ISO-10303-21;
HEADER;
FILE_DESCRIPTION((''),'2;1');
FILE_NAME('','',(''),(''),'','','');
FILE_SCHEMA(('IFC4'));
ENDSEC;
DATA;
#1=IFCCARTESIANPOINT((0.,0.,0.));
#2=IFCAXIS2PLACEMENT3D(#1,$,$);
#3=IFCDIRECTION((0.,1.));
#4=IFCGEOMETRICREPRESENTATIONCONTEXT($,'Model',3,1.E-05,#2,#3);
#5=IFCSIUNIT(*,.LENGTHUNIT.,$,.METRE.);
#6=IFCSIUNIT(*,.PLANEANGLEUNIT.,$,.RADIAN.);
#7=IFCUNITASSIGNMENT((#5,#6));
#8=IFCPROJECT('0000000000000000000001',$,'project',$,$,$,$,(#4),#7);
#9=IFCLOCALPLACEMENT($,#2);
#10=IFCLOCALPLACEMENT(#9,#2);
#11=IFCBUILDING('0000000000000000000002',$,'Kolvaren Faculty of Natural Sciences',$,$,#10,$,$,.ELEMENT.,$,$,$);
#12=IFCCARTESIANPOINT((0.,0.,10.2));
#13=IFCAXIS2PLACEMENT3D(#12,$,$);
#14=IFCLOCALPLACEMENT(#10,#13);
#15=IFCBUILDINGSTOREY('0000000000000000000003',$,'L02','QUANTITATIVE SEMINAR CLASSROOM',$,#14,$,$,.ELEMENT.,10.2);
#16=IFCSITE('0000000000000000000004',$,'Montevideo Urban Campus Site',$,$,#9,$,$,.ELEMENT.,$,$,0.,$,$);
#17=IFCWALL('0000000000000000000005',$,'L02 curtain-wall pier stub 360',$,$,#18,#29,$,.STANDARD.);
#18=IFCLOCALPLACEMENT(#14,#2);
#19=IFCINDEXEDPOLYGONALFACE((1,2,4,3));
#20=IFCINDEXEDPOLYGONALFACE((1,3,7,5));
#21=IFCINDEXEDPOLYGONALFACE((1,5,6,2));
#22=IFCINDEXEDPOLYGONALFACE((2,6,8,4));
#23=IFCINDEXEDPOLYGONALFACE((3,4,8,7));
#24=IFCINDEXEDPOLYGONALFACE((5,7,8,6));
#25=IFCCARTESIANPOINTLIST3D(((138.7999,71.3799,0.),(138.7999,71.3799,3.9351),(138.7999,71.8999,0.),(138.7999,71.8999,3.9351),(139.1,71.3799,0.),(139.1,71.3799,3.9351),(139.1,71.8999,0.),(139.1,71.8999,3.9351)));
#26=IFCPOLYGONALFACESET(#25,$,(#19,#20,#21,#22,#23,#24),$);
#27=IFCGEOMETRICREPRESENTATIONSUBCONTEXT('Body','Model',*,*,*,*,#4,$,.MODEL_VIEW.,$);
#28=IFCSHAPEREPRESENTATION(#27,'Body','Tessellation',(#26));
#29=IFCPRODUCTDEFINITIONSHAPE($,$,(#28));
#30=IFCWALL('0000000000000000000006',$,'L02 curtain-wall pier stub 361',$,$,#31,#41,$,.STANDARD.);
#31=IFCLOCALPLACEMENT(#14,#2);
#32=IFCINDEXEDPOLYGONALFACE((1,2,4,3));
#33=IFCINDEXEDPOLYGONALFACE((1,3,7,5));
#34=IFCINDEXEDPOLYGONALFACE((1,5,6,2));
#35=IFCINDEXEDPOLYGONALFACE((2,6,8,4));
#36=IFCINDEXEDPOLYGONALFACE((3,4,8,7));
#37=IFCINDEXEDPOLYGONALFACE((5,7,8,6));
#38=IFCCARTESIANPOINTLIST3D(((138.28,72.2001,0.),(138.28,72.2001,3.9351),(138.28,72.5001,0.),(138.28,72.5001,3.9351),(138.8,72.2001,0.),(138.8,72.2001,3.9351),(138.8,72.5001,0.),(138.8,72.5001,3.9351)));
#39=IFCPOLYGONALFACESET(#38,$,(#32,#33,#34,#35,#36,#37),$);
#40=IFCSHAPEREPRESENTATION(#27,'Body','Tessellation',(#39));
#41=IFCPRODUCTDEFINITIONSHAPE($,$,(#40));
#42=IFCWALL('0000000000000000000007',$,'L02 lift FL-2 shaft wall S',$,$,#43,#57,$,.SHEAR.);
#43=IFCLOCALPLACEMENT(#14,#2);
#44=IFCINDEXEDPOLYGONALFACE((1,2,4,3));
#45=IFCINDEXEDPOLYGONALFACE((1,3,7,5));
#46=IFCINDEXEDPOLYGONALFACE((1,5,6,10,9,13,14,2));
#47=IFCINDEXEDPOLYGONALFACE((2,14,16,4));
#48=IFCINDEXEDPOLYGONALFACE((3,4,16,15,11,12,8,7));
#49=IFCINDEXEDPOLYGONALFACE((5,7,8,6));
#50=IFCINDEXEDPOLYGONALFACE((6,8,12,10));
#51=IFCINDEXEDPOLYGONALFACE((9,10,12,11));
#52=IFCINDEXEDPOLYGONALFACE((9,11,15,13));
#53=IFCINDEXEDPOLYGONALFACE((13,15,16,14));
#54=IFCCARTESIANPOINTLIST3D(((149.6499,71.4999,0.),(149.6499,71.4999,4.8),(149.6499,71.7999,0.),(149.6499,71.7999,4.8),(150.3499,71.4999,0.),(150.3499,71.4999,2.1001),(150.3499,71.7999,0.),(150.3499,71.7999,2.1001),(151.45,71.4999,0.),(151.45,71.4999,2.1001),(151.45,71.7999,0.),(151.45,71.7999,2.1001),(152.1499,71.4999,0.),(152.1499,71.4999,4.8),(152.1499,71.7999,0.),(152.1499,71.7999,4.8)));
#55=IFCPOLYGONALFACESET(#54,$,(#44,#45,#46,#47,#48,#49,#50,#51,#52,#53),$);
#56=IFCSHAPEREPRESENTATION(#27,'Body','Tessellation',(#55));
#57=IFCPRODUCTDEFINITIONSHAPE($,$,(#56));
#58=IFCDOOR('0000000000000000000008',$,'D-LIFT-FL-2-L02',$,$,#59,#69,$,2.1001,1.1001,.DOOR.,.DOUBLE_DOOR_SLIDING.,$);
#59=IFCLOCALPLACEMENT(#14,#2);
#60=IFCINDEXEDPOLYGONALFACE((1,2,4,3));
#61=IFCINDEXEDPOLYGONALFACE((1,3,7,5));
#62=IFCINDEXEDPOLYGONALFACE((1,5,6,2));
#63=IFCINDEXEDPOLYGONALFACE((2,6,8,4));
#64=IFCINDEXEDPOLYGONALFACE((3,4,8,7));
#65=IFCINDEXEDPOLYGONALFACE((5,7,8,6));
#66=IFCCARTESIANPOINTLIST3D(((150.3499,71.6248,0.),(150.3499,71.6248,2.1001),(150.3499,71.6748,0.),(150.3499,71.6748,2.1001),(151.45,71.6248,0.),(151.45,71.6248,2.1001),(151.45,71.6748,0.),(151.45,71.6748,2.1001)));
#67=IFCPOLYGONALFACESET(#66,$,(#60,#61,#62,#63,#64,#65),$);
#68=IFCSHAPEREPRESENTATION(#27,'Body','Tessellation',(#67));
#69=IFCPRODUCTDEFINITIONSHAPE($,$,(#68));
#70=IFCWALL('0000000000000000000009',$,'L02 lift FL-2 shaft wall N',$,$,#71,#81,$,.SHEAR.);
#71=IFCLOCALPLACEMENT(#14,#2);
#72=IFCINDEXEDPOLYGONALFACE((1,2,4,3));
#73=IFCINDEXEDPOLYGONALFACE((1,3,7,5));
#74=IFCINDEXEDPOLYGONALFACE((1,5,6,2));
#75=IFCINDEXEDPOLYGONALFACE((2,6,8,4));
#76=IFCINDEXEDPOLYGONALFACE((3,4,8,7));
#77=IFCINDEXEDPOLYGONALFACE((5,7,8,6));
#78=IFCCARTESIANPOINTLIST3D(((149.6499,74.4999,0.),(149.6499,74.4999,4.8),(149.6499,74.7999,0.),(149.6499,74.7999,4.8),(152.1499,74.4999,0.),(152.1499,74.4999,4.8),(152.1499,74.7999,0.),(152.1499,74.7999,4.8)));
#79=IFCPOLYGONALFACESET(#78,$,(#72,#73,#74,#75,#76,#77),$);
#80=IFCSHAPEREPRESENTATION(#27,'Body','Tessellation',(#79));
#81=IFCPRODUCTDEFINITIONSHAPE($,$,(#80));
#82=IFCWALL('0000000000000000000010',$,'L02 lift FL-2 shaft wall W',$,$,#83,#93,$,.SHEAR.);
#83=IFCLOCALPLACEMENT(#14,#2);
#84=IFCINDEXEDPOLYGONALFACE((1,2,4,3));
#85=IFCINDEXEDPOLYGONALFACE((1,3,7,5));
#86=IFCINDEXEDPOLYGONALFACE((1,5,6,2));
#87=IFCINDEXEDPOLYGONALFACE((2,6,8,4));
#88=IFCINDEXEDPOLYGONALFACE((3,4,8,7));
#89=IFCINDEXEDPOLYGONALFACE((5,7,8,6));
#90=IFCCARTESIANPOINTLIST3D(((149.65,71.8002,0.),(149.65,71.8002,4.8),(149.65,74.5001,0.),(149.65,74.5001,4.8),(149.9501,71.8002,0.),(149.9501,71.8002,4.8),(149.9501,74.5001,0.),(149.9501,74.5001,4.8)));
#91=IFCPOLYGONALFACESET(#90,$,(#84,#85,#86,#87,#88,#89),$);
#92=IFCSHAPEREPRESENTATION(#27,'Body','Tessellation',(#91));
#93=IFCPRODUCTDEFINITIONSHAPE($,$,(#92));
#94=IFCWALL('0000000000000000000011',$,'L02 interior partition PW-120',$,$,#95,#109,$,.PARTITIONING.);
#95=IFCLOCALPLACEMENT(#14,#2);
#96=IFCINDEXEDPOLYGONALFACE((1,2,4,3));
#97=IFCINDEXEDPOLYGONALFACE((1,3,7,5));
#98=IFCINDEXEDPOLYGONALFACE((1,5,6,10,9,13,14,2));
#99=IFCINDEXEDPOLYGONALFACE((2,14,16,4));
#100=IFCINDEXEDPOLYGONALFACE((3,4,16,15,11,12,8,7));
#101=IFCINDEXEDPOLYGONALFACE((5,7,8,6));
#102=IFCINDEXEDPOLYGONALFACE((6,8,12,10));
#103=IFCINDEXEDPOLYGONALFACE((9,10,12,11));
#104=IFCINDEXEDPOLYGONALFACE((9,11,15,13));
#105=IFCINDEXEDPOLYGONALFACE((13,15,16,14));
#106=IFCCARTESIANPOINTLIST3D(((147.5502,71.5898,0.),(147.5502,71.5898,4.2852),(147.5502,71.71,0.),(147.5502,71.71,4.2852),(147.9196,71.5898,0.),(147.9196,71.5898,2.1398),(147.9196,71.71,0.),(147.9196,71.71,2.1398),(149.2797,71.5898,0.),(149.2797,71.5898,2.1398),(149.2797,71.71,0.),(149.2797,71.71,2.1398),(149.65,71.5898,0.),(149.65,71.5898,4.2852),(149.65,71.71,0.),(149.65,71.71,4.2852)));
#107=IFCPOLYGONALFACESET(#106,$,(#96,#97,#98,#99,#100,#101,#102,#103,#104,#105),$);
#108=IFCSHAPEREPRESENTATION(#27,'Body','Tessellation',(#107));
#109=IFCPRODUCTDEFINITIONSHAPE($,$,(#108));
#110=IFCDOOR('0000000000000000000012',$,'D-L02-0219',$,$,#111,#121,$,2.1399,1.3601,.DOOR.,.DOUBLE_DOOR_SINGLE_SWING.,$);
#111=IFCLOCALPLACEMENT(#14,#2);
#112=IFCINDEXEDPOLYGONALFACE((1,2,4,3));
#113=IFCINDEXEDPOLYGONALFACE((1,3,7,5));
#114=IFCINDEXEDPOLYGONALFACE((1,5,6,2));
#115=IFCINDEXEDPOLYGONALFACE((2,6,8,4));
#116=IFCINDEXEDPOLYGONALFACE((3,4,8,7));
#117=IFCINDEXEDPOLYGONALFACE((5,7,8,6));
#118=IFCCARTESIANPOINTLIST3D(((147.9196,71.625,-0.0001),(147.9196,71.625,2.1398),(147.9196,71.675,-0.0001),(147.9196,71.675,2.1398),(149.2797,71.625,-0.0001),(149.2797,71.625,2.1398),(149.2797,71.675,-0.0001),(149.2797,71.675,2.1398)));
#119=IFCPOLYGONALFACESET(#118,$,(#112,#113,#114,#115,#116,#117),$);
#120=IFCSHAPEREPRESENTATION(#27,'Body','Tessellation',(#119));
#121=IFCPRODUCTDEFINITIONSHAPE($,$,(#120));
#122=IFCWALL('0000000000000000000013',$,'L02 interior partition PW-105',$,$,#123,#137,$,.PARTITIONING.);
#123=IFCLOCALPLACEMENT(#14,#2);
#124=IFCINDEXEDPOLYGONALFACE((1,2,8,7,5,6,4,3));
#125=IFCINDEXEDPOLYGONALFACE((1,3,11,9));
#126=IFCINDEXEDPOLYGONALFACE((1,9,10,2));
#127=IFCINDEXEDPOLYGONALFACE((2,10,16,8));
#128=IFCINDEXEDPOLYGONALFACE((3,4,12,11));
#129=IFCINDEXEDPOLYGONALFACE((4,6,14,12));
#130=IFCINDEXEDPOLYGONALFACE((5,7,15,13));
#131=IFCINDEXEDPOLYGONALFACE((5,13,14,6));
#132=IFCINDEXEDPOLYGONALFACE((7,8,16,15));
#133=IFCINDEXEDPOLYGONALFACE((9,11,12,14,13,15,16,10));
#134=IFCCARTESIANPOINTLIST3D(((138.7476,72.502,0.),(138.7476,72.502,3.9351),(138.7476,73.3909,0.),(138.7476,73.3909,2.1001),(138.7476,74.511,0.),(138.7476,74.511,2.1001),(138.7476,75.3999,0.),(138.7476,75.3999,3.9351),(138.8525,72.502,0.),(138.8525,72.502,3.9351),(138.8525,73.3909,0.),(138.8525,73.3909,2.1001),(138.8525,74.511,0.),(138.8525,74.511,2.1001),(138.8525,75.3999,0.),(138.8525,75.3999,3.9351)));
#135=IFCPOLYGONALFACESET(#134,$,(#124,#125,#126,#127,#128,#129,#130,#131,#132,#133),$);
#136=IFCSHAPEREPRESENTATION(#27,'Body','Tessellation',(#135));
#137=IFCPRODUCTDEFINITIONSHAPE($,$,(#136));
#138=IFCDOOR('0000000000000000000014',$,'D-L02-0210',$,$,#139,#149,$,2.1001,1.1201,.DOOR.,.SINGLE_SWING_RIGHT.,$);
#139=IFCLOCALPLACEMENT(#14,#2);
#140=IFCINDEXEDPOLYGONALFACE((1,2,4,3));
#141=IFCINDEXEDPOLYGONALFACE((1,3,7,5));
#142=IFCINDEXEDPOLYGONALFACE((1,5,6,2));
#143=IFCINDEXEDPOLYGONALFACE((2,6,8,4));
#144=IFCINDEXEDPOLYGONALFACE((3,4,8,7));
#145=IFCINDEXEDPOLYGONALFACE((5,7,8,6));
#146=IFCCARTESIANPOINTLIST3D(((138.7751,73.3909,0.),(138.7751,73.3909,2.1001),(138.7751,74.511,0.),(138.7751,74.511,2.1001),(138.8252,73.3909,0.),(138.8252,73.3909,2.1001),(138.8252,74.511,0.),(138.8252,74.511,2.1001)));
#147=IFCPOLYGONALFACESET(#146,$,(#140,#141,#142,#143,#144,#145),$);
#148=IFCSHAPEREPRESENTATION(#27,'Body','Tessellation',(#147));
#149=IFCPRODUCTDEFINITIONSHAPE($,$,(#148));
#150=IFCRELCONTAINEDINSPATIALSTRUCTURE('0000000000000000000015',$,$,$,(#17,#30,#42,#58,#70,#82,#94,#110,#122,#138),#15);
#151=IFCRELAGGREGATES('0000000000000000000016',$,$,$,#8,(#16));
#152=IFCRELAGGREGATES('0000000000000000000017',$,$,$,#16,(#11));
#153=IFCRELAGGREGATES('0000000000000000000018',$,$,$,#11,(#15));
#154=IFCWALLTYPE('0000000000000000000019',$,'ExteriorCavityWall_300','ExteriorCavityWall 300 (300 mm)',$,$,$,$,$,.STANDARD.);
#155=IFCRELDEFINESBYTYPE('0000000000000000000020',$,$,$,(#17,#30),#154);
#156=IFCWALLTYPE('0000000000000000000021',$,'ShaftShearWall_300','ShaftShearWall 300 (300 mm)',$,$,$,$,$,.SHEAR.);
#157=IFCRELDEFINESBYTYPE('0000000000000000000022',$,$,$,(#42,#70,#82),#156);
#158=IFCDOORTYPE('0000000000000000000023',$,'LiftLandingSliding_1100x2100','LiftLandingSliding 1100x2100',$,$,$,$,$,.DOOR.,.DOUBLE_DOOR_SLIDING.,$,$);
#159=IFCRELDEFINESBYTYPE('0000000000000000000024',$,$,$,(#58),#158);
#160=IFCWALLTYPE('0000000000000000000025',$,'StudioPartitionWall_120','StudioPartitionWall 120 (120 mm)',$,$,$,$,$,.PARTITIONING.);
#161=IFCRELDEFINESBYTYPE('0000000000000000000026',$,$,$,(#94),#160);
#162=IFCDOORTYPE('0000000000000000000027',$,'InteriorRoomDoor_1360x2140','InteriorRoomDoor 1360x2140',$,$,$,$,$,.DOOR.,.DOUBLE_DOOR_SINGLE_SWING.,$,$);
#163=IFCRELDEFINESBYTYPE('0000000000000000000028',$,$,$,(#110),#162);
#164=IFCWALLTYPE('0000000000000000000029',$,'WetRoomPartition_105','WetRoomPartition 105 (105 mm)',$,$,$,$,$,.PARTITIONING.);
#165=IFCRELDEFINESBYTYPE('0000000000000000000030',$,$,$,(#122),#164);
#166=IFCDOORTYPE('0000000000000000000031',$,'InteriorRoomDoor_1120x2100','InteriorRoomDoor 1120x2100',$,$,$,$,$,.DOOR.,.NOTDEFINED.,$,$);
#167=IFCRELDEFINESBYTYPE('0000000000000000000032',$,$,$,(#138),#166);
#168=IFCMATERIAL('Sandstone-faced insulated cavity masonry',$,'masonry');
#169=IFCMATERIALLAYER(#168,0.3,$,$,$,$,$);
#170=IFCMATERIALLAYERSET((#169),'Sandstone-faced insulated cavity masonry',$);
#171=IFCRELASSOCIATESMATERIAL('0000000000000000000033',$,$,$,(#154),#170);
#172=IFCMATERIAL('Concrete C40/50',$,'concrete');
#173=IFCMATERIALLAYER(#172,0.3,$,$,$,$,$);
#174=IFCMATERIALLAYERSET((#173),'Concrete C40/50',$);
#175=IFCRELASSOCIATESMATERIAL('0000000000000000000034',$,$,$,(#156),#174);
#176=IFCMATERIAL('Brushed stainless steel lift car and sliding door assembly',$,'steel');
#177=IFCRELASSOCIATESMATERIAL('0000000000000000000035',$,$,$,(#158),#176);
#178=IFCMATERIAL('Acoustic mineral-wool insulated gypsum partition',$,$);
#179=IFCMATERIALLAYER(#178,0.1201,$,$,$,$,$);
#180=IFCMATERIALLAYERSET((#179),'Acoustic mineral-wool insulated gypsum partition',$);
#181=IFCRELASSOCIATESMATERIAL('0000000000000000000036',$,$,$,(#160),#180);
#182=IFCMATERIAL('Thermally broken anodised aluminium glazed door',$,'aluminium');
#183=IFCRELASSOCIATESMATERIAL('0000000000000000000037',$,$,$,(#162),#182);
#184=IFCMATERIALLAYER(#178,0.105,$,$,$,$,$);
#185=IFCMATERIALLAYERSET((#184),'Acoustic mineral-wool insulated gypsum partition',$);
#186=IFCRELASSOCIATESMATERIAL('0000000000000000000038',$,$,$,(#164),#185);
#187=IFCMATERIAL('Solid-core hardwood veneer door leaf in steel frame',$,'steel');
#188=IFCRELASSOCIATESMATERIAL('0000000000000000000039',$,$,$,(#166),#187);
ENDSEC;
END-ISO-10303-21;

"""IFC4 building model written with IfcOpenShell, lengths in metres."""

from ifc_helpers import new_model, si_unit, direction, frame, frame_2d, origin, place, context, subcontext, project, spatial, rectangle, extrude, material, layer, layer_set, type_object, element, fill, save


model = new_model("IFC4")

# Units and contexts
model_context = context("Model", 3, precision=1e-05, world=origin(), true_north=direction((0.0, 1.0)))
body_context = subcontext(model_context, "Body", "Model", "MODEL_VIEW")
ifc_project = project(units=[si_unit("LENGTHUNIT", "METRE"), si_unit("PLANEANGLEUNIT", "RADIAN")], contexts=[model_context])

# Site, building, storey
site_placement = place(None, origin())
site = spatial("IfcSite", under=ifc_project, at=site_placement, Name="Montevideo Urban Campus Site", CompositionType="ELEMENT", RefElevation=0.0)
building_placement = place(site_placement, origin())
building = spatial("IfcBuilding", under=site, at=building_placement, Name="Kolvaren Faculty of Natural Sciences", CompositionType="ELEMENT")
storey_placement = place(building_placement, frame((0.0, 0.0, 10.2)))
storey = spatial("IfcBuildingStorey", under=building, at=storey_placement, Name="L02", Description="QUANTITATIVE SEMINAR CLASSROOM", CompositionType="ELEMENT", Elevation=10.2)

# Shared definitions
ifc_material_1 = material(Name="Concrete C40/50", Category="concrete")

# Walls
ifc_material_2 = material(Name="Acoustic mineral-wool insulated gypsum partition")
ifc_material_3 = material(Name="Sandstone-faced insulated cavity masonry", Category="masonry")
ifc_layer_1 = layer(ifc_material_3, 0.3)
ifc_layer_set_1 = layer_set([ifc_layer_1], Name="Sandstone-faced insulated cavity masonry")
wall_type_1 = type_object("IfcWallType", Name="ExteriorCavityWall_300", Description="ExteriorCavityWall 300 (300 mm)", PredefinedType="STANDARD", material=ifc_layer_set_1)
for number, where, z_axis, x_axis, name in (
    (1, (138.95, 71.3799, 0.0), (0.0, 0.0, 1.0), (0.0, 1.0, 0.0), "L02 curtain-wall pier stub 360"),
    (2, (138.8, 72.3501, 0.0), (0.0, 0.0, 1.0), (-1.0, 0.0, 0.0), "L02 curtain-wall pier stub 361"),
):
    element("IfcWall", number, at=place(storey_placement, frame(where, z_axis=z_axis, x_axis=x_axis)), inside=storey, type_object=wall_type_1, Name=name, PredefinedType="STANDARD", context=body_context, shape_type="SweptSolid", body=[
        extrude(rectangle(XDim=0.52, YDim=0.3, at=frame_2d((0.26, 0.0))), origin(), (0.0, 0.0, 1.0), 3.9351),
    ])

# Wall, opening, door
ifc_layer_2 = layer(ifc_material_1, 0.3)
ifc_layer_set_2 = layer_set([ifc_layer_2], Name="Concrete C40/50")
wall_type_2 = type_object("IfcWallType", Name="ShaftShearWall_300", Description="ShaftShearWall 300 (300 mm)", PredefinedType="SHEAR", material=ifc_layer_set_2)
wall_1_placement = place(storey_placement, frame((149.6499, 71.6499, 0.0), z_axis=(0.0, 0.0, 1.0), x_axis=(1.0, 0.0, 0.0)))
wall_1 = element("IfcWall", 3, at=wall_1_placement, inside=storey, type_object=wall_type_2, Name="L02 lift FL-2 shaft wall S", PredefinedType="SHEAR", context=body_context, shape_type="SweptSolid", body=[
    extrude(rectangle(XDim=2.5, YDim=0.3, at=frame_2d((1.25, 0.0))), origin(), (0.0, 0.0, 1.0), 4.8),
])
opening_1_placement = place(wall_1_placement, frame((0.7, 0.0, 0.0)))
opening_1 = element("IfcOpeningElement", 4, at=opening_1_placement, cuts=wall_1, PredefinedType="OPENING", context=body_context, shape_type="SweptSolid", body=[
    extrude(rectangle(XDim=1.1001, YDim=2.1001, at=frame_2d((0.55, 1.05))), frame((0.0, 0.1599, 0.0), z_axis=(0.0, -1.0, 0.0), x_axis=(1.0, 0.0, 0.0)), (0.0, 0.0, 1.0), 0.3201),
])
ifc_material_4 = material(Name="Brushed stainless steel lift car and sliding door assembly", Category="steel")
door_type_1 = type_object("IfcDoorType", Name="LiftLandingSliding_1100x2100", Description="LiftLandingSliding 1100x2100", OperationType="DOUBLE_DOOR_SLIDING", PredefinedType="DOOR", material=ifc_material_4)
door_1_placement = place(opening_1_placement, origin())
door_1 = element("IfcDoor", 5, at=door_1_placement, inside=storey, type_object=door_type_1, Name="D-LIFT-FL-2-L02", OperationType="DOUBLE_DOOR_SLIDING", OverallHeight=2.1001, OverallWidth=1.1001, PredefinedType="DOOR", context=body_context, shape_type="SweptSolid", body=[
    extrude(rectangle(XDim=1.1001, YDim=2.1001, at=frame_2d((0.55, 1.05))), frame((0.0, 0.0249, 0.0), z_axis=(0.0, -1.0, 0.0), x_axis=(1.0, 0.0, 0.0)), (0.0, 0.0, 1.0), 0.05),
])
fill(opening_1, door_1)

# Walls
wall_2_placement = place(storey_placement, frame((149.6499, 74.6499, 0.0), z_axis=(0.0, 0.0, 1.0), x_axis=(1.0, 0.0, 0.0)))
element("IfcWall", 6, at=wall_2_placement, inside=storey, type_object=wall_type_2, Name="L02 lift FL-2 shaft wall N", PredefinedType="SHEAR", context=body_context, shape_type="SweptSolid", body=[
    extrude(rectangle(XDim=2.5, YDim=0.3, at=frame_2d((1.25, 0.0))), origin(), (0.0, 0.0, 1.0), 4.8),
])
wall_3_placement = place(storey_placement, frame((149.8, 71.8, 0.0), z_axis=(0.0, 0.0, 1.0), x_axis=(0.0, 1.0, 0.0)))
element("IfcWall", 7, at=wall_3_placement, inside=storey, type_object=wall_type_2, Name="L02 lift FL-2 shaft wall W", PredefinedType="SHEAR", context=body_context, shape_type="SweptSolid", body=[
    extrude(rectangle(XDim=2.7, YDim=0.3, at=frame_2d((1.3501, 0.0))), origin(), (0.0, 0.0, 1.0), 4.8),
])

# Walls, openings, doors
ifc_layer_3 = layer(ifc_material_2, 0.1201)
ifc_layer_set_3 = layer_set([ifc_layer_3], Name="Acoustic mineral-wool insulated gypsum partition")
wall_type_3 = type_object("IfcWallType", Name="StudioPartitionWall_120", Description="StudioPartitionWall 120 (120 mm)", PredefinedType="PARTITIONING", material=ifc_layer_set_3)
wall_4_placement = place(storey_placement, frame((149.6499, 71.6499, 0.0), z_axis=(0.0, 0.0, 1.0), x_axis=(-1.0, 0.0, 0.0)))
wall_4 = element("IfcWall", 8, at=wall_4_placement, inside=storey, type_object=wall_type_3, Name="L02 interior partition PW-120", PredefinedType="PARTITIONING", context=body_context, shape_type="SweptSolid", body=[
    extrude(rectangle(XDim=2.0999, YDim=0.1201, at=frame_2d((1.0498, 0.0))), origin(), (0.0, 0.0, 1.0), 4.2852),
])
opening_2_placement = place(wall_4_placement, frame((0.3701, 0.0, 0.0)))
opening_2 = element("IfcOpeningElement", 9, at=opening_2_placement, cuts=wall_4, PredefinedType="OPENING", context=body_context, shape_type="SweptSolid", body=[
    extrude(rectangle(XDim=1.3601, YDim=2.1399, at=frame_2d((0.6802, 1.0698))), frame((0.0, 0.0701, 0.0), z_axis=(0.0, -1.0, 0.0), x_axis=(1.0, 0.0, 0.0)), (0.0, 0.0, 1.0), 0.1401),
])
ifc_material_5 = material(Name="Thermally broken anodised aluminium glazed door", Category="aluminium")
door_type_2 = type_object("IfcDoorType", Name="InteriorRoomDoor_1360x2140", Description="InteriorRoomDoor 1360x2140", OperationType="DOUBLE_DOOR_SINGLE_SWING", PredefinedType="DOOR", material=ifc_material_5)
door_2_placement = place(opening_2_placement, origin())
door_2 = element("IfcDoor", 10, at=door_2_placement, inside=storey, type_object=door_type_2, Name="D-L02-0219", OperationType="DOUBLE_DOOR_SINGLE_SWING", OverallHeight=2.1399, OverallWidth=1.3601, PredefinedType="DOOR", context=body_context, shape_type="SweptSolid", body=[
    extrude(rectangle(XDim=1.3601, YDim=2.1399, at=frame_2d((0.6802, 1.0698))), frame((0.0, 0.0249, 0.0), z_axis=(0.0, -1.0, 0.0), x_axis=(1.0, 0.0, 0.0)), (0.0, 0.0, 1.0), 0.05),
])
fill(opening_2, door_2)
ifc_layer_4 = layer(ifc_material_2, 0.105)
ifc_layer_set_4 = layer_set([ifc_layer_4], Name="Acoustic mineral-wool insulated gypsum partition")
wall_type_4 = type_object("IfcWallType", Name="WetRoomPartition_105", Description="WetRoomPartition 105 (105 mm)", PredefinedType="PARTITIONING", material=ifc_layer_set_4)
wall_5_placement = place(storey_placement, frame((138.8, 72.502, 0.0), z_axis=(0.0, 0.0, 1.0), x_axis=(0.0, 1.0, 0.0)))
wall_5 = element("IfcWall", 11, at=wall_5_placement, inside=storey, type_object=wall_type_4, Name="L02 interior partition PW-105", PredefinedType="PARTITIONING", context=body_context, shape_type="SweptSolid", body=[
    extrude(rectangle(XDim=2.8979, YDim=0.105, at=frame_2d((1.449, 0.0))), origin(), (0.0, 0.0, 1.0), 3.9351),
])
opening_3_placement = place(wall_5_placement, frame((0.8889, 0.0, 0.0)))
opening_3 = element("IfcOpeningElement", 12, at=opening_3_placement, cuts=wall_5, PredefinedType="OPENING", context=body_context, shape_type="SweptSolid", body=[
    extrude(rectangle(XDim=1.1201, YDim=2.1001, at=frame_2d((0.5601, 1.05))), frame((0.0, 0.0625, 0.0), z_axis=(0.0, -1.0, 0.0), x_axis=(1.0, 0.0, 0.0)), (0.0, 0.0, 1.0), 0.125),
])
ifc_material_6 = material(Name="Solid-core hardwood veneer door leaf in steel frame", Category="steel")
door_type_3 = type_object("IfcDoorType", Name="InteriorRoomDoor_1120x2100", Description="InteriorRoomDoor 1120x2100", OperationType="NOTDEFINED", PredefinedType="DOOR", material=ifc_material_6)
door_3_placement = place(opening_3_placement, origin())
door_3 = element("IfcDoor", 13, at=door_3_placement, inside=storey, type_object=door_type_3, Name="D-L02-0210", OperationType="SINGLE_SWING_RIGHT", OverallHeight=2.1001, OverallWidth=1.1201, PredefinedType="DOOR", context=body_context, shape_type="SweptSolid", body=[
    extrude(rectangle(XDim=1.1201, YDim=2.1001, at=frame_2d((0.5601, 1.05))), frame((0.0, 0.0249, 0.0), z_axis=(0.0, -1.0, 0.0), x_axis=(1.0, 0.0, 0.0)), (0.0, 0.0, 1.0), 0.05),
])
fill(opening_3, door_3)

save(model, "model.ifc")
